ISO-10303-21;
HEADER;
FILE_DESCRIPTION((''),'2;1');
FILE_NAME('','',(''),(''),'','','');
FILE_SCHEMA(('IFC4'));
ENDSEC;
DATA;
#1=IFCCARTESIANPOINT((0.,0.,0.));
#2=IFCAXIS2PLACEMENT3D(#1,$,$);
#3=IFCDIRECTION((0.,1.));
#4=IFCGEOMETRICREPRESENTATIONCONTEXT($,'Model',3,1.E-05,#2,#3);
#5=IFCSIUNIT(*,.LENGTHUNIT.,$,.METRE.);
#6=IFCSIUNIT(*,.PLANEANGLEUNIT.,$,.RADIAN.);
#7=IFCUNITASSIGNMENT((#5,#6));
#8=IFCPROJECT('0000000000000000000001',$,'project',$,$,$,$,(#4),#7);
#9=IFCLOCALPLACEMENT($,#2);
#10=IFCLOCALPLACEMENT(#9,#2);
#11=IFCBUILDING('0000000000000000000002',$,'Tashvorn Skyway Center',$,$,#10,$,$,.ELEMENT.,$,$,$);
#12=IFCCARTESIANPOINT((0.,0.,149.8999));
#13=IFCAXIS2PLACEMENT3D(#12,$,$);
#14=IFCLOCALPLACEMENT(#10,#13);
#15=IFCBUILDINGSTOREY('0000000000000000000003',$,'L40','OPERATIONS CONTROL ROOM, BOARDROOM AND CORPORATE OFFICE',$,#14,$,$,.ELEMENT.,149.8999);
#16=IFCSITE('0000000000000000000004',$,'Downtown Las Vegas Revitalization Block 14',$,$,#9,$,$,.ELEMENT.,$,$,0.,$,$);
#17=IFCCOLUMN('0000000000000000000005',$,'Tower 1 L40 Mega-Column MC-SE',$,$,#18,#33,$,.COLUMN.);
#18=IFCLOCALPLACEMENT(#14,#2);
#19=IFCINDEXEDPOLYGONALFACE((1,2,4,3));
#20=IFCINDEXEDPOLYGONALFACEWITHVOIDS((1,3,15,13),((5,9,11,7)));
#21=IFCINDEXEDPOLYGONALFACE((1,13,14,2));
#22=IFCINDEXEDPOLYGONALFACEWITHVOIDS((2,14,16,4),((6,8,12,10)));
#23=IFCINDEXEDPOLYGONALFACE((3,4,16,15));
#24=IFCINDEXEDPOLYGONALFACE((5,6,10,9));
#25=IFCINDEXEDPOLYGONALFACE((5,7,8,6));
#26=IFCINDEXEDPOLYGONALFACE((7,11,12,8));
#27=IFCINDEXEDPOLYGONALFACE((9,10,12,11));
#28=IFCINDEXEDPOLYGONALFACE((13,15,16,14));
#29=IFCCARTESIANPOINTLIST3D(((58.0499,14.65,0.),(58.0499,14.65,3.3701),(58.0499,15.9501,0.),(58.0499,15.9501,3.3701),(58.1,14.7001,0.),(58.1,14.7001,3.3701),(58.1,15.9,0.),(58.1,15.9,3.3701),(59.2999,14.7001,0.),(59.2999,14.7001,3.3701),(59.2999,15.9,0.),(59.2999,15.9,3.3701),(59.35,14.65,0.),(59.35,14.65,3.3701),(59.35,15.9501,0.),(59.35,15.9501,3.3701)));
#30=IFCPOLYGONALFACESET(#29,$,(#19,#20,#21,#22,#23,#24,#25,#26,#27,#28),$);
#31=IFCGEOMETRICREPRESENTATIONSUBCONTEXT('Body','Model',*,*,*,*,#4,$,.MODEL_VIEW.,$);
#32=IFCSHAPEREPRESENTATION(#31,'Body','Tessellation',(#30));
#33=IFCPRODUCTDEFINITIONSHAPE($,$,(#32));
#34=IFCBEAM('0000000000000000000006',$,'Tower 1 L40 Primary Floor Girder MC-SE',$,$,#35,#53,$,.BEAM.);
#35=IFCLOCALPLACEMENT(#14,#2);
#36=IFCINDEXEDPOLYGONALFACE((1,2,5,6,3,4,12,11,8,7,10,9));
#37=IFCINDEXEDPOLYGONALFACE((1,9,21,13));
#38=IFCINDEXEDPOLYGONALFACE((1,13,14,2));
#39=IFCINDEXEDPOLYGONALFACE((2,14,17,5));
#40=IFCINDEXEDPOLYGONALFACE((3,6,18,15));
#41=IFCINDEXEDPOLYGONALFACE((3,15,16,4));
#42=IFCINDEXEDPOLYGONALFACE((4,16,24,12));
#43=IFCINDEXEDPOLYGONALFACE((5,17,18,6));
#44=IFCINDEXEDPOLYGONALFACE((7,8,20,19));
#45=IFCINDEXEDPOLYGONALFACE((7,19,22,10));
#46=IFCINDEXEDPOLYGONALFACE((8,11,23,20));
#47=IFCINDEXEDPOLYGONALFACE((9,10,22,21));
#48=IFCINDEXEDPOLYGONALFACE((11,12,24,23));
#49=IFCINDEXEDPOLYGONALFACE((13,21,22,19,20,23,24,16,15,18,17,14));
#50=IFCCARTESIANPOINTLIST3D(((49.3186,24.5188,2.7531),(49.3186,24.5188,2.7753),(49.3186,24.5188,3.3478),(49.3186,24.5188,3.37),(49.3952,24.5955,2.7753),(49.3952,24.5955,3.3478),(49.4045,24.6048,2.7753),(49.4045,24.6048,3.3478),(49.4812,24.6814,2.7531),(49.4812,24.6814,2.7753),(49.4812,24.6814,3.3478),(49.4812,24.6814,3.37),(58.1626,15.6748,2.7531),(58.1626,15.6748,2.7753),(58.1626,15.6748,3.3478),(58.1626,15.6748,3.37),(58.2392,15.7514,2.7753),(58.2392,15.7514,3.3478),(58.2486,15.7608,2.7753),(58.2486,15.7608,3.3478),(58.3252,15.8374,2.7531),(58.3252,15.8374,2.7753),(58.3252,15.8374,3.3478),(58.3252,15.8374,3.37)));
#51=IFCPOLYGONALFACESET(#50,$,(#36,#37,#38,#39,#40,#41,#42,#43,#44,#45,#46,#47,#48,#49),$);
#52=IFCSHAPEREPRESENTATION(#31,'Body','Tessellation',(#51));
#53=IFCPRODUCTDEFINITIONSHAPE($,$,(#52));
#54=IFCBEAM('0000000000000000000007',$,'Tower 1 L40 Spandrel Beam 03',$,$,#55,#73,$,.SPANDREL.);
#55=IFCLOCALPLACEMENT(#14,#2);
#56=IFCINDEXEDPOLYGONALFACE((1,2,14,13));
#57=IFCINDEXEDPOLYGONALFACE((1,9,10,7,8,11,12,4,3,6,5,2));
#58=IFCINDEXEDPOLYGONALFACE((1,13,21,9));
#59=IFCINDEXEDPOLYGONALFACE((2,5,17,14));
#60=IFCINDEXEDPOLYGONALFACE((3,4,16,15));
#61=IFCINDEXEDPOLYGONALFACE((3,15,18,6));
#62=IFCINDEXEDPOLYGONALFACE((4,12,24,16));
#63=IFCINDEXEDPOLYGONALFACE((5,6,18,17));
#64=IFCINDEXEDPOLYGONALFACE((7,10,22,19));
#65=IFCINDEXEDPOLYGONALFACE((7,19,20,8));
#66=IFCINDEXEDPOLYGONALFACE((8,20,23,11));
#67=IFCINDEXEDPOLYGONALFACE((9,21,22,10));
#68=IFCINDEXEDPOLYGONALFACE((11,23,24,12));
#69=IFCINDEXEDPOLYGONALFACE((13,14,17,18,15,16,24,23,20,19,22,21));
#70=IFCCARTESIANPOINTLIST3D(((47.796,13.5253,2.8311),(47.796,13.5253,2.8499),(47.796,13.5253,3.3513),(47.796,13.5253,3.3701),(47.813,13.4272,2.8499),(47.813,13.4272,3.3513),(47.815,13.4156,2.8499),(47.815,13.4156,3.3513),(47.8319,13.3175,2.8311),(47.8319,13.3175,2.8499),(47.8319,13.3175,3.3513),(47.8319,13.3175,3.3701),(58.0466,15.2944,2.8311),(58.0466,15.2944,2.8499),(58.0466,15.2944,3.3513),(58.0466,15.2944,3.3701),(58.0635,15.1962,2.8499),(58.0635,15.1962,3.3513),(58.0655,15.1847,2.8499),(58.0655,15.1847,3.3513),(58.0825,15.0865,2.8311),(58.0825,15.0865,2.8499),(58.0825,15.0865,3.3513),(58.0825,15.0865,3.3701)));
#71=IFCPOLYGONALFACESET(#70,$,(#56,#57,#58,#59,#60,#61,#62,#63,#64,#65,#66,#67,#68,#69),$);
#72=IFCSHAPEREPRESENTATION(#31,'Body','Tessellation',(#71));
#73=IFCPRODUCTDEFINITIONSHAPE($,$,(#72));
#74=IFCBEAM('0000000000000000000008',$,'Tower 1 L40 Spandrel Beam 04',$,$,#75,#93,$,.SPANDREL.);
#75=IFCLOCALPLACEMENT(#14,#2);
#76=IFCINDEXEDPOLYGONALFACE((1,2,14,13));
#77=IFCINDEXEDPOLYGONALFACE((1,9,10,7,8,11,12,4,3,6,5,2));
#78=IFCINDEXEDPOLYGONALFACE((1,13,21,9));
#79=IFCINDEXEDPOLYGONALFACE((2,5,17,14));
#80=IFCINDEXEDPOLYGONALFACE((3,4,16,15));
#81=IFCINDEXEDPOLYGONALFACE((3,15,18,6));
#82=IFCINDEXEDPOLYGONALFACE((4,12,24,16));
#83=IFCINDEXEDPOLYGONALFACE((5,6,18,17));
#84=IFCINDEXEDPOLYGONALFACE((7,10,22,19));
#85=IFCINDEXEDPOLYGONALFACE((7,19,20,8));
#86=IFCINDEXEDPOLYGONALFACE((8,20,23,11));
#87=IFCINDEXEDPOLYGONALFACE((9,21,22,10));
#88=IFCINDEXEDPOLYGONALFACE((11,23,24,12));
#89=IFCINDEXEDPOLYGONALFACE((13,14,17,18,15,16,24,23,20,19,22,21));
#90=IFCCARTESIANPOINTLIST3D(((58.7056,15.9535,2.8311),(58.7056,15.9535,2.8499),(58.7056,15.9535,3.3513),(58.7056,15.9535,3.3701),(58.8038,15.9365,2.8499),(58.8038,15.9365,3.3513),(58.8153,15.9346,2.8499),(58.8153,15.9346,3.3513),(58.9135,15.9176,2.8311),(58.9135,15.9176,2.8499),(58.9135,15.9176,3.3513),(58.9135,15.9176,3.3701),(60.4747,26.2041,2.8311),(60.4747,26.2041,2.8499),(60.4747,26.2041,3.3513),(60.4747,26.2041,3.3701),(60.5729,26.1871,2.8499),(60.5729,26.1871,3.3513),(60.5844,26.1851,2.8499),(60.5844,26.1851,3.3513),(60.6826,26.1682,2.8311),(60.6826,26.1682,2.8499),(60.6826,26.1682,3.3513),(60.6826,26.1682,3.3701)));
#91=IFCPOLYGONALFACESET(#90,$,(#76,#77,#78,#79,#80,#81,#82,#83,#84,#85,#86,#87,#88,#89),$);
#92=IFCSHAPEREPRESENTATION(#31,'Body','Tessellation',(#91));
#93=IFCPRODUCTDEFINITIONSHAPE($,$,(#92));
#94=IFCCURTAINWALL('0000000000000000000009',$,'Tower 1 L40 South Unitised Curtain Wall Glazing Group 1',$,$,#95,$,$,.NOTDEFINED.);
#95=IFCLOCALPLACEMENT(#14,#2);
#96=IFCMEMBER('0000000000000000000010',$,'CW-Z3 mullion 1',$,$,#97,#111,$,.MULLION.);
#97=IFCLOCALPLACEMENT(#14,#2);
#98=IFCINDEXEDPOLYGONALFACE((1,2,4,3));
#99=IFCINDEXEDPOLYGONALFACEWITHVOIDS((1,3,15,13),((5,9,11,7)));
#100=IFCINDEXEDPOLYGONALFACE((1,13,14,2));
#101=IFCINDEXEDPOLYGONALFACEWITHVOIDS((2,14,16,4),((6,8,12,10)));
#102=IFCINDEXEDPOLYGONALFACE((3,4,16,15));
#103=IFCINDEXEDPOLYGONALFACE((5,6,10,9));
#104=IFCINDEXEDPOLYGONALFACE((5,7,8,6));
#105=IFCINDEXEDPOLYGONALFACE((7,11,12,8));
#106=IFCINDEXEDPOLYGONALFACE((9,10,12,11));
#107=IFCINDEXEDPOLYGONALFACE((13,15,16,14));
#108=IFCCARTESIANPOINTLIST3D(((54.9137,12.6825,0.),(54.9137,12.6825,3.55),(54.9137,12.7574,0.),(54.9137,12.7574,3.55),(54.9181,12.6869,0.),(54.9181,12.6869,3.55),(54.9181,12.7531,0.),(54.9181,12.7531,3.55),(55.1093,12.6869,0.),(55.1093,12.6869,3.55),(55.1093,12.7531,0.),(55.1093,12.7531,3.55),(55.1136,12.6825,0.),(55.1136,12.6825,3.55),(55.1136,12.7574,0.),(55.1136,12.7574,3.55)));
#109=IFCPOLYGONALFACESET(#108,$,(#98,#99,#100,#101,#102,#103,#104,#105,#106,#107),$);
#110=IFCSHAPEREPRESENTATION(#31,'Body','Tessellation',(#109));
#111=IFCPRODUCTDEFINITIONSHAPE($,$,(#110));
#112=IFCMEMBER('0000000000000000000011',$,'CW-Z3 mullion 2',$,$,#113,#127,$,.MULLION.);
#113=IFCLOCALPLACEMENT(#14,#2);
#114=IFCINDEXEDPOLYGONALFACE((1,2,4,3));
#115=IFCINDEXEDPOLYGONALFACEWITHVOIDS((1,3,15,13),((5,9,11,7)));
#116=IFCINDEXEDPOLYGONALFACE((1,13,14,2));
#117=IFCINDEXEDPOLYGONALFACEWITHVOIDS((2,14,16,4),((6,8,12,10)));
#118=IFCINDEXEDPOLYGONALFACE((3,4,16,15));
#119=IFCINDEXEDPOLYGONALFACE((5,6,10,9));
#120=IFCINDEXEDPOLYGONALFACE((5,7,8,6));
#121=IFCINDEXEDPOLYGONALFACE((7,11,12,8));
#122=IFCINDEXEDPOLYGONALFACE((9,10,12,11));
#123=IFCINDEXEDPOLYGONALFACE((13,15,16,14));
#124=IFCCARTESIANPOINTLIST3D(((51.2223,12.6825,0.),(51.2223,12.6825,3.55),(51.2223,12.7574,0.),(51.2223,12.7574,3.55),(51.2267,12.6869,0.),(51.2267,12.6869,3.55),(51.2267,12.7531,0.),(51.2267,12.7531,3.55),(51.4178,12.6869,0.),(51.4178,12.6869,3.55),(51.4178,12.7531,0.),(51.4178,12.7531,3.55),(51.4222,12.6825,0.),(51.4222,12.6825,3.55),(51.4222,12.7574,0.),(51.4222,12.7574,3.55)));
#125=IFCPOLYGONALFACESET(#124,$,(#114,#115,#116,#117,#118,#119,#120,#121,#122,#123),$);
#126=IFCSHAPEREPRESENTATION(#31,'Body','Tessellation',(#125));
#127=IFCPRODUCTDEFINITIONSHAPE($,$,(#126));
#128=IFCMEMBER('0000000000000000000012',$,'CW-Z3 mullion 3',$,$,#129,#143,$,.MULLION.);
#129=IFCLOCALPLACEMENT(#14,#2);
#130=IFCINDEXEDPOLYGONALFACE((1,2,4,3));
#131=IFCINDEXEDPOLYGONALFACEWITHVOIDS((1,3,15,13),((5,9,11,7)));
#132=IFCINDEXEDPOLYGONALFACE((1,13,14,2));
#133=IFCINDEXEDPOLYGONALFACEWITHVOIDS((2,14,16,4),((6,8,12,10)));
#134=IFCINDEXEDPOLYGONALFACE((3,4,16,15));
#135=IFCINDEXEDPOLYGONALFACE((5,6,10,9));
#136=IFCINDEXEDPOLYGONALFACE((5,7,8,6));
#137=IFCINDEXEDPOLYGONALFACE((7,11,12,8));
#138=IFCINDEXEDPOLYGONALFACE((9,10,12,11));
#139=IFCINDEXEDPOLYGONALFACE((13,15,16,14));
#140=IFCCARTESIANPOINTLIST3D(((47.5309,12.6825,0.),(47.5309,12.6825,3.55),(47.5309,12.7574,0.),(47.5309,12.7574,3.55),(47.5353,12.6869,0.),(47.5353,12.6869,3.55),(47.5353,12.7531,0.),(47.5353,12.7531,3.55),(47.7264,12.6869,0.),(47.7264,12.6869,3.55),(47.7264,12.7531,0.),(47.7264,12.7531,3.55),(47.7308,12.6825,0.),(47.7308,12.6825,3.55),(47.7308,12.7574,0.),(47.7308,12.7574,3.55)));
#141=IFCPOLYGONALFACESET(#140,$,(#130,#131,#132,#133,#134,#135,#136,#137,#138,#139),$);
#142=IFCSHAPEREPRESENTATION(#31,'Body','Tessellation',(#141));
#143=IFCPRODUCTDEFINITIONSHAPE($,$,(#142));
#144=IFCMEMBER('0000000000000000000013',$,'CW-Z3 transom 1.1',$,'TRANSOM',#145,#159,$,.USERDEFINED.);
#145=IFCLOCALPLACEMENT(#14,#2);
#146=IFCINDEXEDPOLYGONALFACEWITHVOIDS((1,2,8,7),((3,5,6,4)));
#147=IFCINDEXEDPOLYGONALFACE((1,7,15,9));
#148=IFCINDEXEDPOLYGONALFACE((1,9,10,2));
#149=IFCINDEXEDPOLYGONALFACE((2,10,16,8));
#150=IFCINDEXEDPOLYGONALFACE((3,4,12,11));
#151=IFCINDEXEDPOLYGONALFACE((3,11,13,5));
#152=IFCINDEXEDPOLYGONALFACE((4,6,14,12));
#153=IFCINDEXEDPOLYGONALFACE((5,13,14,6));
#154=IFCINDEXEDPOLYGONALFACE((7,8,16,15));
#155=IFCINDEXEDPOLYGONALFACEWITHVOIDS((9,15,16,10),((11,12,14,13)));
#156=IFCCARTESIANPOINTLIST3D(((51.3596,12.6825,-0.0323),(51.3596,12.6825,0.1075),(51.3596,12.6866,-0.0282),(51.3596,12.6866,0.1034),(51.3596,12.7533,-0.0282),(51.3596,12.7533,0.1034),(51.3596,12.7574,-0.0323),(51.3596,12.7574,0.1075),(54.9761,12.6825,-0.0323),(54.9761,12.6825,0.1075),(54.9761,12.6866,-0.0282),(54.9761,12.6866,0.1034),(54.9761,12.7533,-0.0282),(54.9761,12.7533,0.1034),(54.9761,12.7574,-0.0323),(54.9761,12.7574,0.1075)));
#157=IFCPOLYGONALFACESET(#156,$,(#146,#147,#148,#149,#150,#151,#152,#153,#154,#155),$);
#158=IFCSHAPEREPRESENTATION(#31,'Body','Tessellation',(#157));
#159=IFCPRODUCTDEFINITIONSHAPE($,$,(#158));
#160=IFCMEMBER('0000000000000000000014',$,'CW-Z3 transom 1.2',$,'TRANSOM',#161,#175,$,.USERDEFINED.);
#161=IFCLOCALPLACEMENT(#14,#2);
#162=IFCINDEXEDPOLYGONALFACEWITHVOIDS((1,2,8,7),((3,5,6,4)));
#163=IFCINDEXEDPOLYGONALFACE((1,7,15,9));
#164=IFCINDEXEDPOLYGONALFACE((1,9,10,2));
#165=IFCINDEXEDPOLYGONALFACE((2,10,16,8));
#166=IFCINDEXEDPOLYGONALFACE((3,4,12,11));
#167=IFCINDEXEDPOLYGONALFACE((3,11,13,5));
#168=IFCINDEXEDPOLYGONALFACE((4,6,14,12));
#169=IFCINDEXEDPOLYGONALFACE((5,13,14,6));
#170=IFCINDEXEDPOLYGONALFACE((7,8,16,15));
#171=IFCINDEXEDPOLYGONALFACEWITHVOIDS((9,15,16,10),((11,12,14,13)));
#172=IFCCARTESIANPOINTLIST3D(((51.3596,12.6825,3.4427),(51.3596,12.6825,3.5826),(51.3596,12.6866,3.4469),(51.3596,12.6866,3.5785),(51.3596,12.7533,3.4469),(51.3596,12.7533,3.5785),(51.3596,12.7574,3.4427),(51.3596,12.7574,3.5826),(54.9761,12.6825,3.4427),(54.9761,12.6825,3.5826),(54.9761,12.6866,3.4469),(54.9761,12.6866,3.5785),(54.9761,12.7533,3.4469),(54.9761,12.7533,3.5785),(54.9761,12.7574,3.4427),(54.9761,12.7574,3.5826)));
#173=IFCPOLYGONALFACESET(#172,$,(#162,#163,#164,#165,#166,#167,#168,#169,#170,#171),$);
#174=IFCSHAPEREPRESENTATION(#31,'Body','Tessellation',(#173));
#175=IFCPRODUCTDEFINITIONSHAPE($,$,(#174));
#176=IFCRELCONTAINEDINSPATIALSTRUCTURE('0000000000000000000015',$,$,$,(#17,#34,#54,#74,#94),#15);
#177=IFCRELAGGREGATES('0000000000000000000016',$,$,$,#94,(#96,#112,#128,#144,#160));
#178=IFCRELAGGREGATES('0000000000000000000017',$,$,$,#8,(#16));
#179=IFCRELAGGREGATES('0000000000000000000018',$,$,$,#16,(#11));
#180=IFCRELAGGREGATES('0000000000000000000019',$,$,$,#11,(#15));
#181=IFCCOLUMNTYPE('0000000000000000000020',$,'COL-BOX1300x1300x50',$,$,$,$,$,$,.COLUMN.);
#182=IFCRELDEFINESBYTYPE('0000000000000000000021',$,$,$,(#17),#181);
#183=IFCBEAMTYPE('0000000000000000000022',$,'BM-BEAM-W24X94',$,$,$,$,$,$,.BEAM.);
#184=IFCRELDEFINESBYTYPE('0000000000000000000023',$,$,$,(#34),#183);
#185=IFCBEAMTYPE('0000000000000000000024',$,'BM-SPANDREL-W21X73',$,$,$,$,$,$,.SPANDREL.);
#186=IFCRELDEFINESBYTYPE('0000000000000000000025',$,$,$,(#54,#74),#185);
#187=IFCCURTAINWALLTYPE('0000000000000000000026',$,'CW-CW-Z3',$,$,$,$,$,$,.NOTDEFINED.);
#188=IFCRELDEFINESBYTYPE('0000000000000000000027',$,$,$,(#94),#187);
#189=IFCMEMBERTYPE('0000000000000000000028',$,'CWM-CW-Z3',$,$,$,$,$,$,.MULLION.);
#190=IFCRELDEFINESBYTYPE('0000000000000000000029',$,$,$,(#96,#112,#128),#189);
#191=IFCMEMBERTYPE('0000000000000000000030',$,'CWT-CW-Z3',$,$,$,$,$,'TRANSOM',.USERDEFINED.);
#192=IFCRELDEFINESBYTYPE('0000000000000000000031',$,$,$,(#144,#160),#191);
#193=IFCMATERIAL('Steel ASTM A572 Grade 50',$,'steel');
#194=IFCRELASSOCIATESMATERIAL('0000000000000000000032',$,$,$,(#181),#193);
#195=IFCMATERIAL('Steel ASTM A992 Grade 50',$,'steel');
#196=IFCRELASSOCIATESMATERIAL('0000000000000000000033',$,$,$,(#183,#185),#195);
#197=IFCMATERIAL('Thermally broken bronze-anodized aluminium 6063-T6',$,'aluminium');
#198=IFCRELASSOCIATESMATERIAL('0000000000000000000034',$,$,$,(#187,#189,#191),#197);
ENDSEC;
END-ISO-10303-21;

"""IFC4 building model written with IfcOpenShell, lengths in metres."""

from ifc_helpers import new_model, si_unit, direction, frame, origin, origin_2d, place, context, subcontext, project, spatial, hollow_rectangle, i_section, extrude, material, material_profile, profile_set, type_object, element, aggregate, save


model = new_model("IFC4")

# Units and contexts
model_context = context("Model", 3, precision=1e-05, world=origin(), true_north=direction((0.0, 1.0)))
body_context = subcontext(model_context, "Body", "Model", "MODEL_VIEW")
ifc_project = project(units=[si_unit("LENGTHUNIT", "METRE"), si_unit("PLANEANGLEUNIT", "RADIAN")], contexts=[model_context])

# Site, building, storey
site_placement = place(None, origin())
site = spatial("IfcSite", under=ifc_project, at=site_placement, Name="Downtown Las Vegas Revitalization Block 14", CompositionType="ELEMENT", RefElevation=0.0)
building_placement = place(site_placement, origin())
building = spatial("IfcBuilding", under=site, at=building_placement, Name="Tashvorn Skyway Center", CompositionType="ELEMENT")
storey_placement = place(building_placement, frame((0.0, 0.0, 149.8999)))
storey = spatial("IfcBuildingStorey", under=building, at=storey_placement, Name="L40", Description="OPERATIONS CONTROL ROOM, BOARDROOM AND CORPORATE OFFICE", CompositionType="ELEMENT", Elevation=149.8999)

# Column
ifc_material_1 = material(Name="Steel ASTM A572 Grade 50", Category="steel")
ifc_material_profile_1 = material_profile(ifc_material_1, hollow_rectangle(XDim=1.3, YDim=1.3, WallThickness=0.05, at=origin_2d()), Name="BOX1300x1300x50")
ifc_profile_set_1 = profile_set([ifc_material_profile_1], Name="Steel ASTM A572 Grade 50")
column_type = type_object("IfcColumnType", Name="COL-BOX1300x1300x50", PredefinedType="COLUMN", material=ifc_profile_set_1)
column_placement = place(storey_placement, frame((58.7, 15.3, 0.0), z_axis=(0.0, 0.0, 1.0), x_axis=(1.0, 0.0, 0.0)))
element("IfcColumn", 1, at=column_placement, inside=storey, type_object=column_type, Name="Tower 1 L40 Mega-Column MC-SE", PredefinedType="COLUMN", context=body_context, shape_type="SweptSolid", body=[
    extrude(hollow_rectangle(XDim=1.3, YDim=1.3, WallThickness=0.05, at=origin_2d()), origin(), (0.0, 0.0, 1.0), 3.3701),
])

# Beams
ifc_material_2 = material(Name="Steel ASTM A992 Grade 50", Category="steel")
ifc_material_profile_2 = material_profile(ifc_material_2, i_section(OverallWidth=0.23, OverallDepth=0.6169, WebThickness=0.0132, FlangeThickness=0.0222, at=origin_2d()), Name="W24X94")
ifc_profile_set_2 = profile_set([ifc_material_profile_2], Name="Steel ASTM A992 Grade 50")
beam_type_1 = type_object("IfcBeamType", Name="BM-BEAM-W24X94", PredefinedType="BEAM", material=ifc_profile_set_2)
beam_placement = place(storey_placement, frame((58.2439, 15.7561, 3.0615), z_axis=(-0.707107, 0.707107, 0.0), x_axis=(-0.707107, -0.707107, 0.0)))
element("IfcBeam", 2, at=beam_placement, inside=storey, type_object=beam_type_1, Name="Tower 1 L40 Primary Floor Girder MC-SE", PredefinedType="BEAM", context=body_context, shape_type="SweptSolid", body=[
    extrude(i_section(OverallWidth=0.23, OverallDepth=0.6169, WebThickness=0.0132, FlangeThickness=0.0222, at=origin_2d()), origin(), (0.0, 0.0, 1.0), 12.5073),
])
ifc_material_profile_3 = material_profile(ifc_material_2, i_section(OverallWidth=0.2109, OverallDepth=0.5391, WebThickness=0.0117, FlangeThickness=0.0188, at=origin_2d()), Name="W21X73")
ifc_profile_set_3 = profile_set([ifc_material_profile_3], Name="Steel ASTM A992 Grade 50")
beam_type_2 = type_object("IfcBeamType", Name="BM-SPANDREL-W21X73", PredefinedType="SPANDREL", material=ifc_profile_set_3)
for number, where, z_axis, x_axis, name in (
    (3, (47.814, 13.4214, 3.1006), (0.985432, 0.170067, 0.0), (-0.170067, 0.985432, 0.0), "Tower 1 L40 Spandrel Beam 03"),
    (4, (58.8096, 15.9355, 3.1006), (0.170067, 0.985432, 0.0), (-0.985432, 0.170067, 0.0), "Tower 1 L40 Spandrel Beam 04"),
):
    element("IfcBeam", number, at=place(storey_placement, frame(where, z_axis=z_axis, x_axis=x_axis)), inside=storey, type_object=beam_type_2, Name=name, PredefinedType="SPANDREL", context=body_context, shape_type="SweptSolid", body=[
        extrude(i_section(OverallWidth=0.2109, OverallDepth=0.5391, WebThickness=0.0117, FlangeThickness=0.0188, at=origin_2d()), origin(), (0.0, 0.0, 1.0), 10.4021),
    ])

# Curtain wall, members
ifc_material_3 = material(Name="Thermally broken bronze-anodized aluminium 6063-T6", Category="aluminium")
curtain_wall_type = type_object("IfcCurtainWallType", Name="CW-CW-Z3", PredefinedType="NOTDEFINED", material=ifc_material_3)
curtain_wall_placement = place(storey_placement, origin())
curtain_wall = element("IfcCurtainWall", 5, at=curtain_wall_placement, inside=storey, type_object=curtain_wall_type, Name="Tower 1 L40 South Unitised Curtain Wall Glazing Group 1", PredefinedType="NOTDEFINED")
ifc_material_profile_4 = material_profile(ifc_material_3, hollow_rectangle(XDim=0.075, YDim=0.2, WallThickness=0.0044, at=origin_2d()), Name="ALU-MULL-75x200")
ifc_profile_set_4 = profile_set([ifc_material_profile_4], Name="Thermally broken bronze-anodized aluminium 6063-T6")
member_type_1 = type_object("IfcMemberType", Name="CWM-CW-Z3", PredefinedType="MULLION", material=ifc_profile_set_4)
member_1_placement = place(storey_placement, frame((55.0137, 12.72, 0.0), z_axis=(0.0, 0.0, 1.0), x_axis=(0.0, -1.0, 0.0)))
member_1 = element("IfcMember", 6, at=member_1_placement, type_object=member_type_1, Name="CW-Z3 mullion 1", PredefinedType="MULLION", context=body_context, shape_type="SweptSolid", body=[
    extrude(hollow_rectangle(XDim=0.075, YDim=0.2, WallThickness=0.0044, at=origin_2d()), origin(), (0.0, 0.0, 1.0), 3.55),
])
member_2_placement = place(storey_placement, frame((51.3223, 12.72, 0.0), z_axis=(0.0, 0.0, 1.0), x_axis=(0.0, -1.0, 0.0)))
member_2 = element("IfcMember", 7, at=member_2_placement, type_object=member_type_1, Name="CW-Z3 mullion 2", PredefinedType="MULLION", context=body_context, shape_type="SweptSolid", body=[
    extrude(hollow_rectangle(XDim=0.075, YDim=0.2, WallThickness=0.0044, at=origin_2d()), origin(), (0.0, 0.0, 1.0), 3.55),
])
member_3_placement = place(storey_placement, frame((47.6309, 12.72, 0.0), z_axis=(0.0, 0.0, 1.0), x_axis=(0.0, -1.0, 0.0)))
member_3 = element("IfcMember", 8, at=member_3_placement, type_object=member_type_1, Name="CW-Z3 mullion 3", PredefinedType="MULLION", context=body_context, shape_type="SweptSolid", body=[
    extrude(hollow_rectangle(XDim=0.075, YDim=0.2, WallThickness=0.0044, at=origin_2d()), origin(), (0.0, 0.0, 1.0), 3.55),
])
ifc_material_profile_5 = material_profile(ifc_material_3, hollow_rectangle(XDim=0.075, YDim=0.1399, WallThickness=0.0042, at=origin_2d()), Name="ALU-TRAN-75x140")
ifc_profile_set_5 = profile_set([ifc_material_profile_5], Name="Thermally broken bronze-anodized aluminium 6063-T6")
member_type_2 = type_object("IfcMemberType", Name="CWT-CW-Z3", ElementType="TRANSOM", PredefinedType="USERDEFINED", material=ifc_profile_set_5)
member_4_placement = place(storey_placement, frame((54.9761, 12.72, 0.0376), z_axis=(-1.0, 0.0, 0.0), x_axis=(0.0, -1.0, 0.0)))
member_4 = element("IfcMember", 9, at=member_4_placement, type_object=member_type_2, Name="CW-Z3 transom 1.1", ObjectType="TRANSOM", PredefinedType="USERDEFINED", context=body_context, shape_type="SweptSolid", body=[
    extrude(hollow_rectangle(XDim=0.075, YDim=0.1399, WallThickness=0.0042, at=origin_2d()), origin(), (0.0, 0.0, 1.0), 3.6165),
])
member_5_placement = place(storey_placement, frame((54.9761, 12.72, 3.5127), z_axis=(-1.0, 0.0, 0.0), x_axis=(0.0, -1.0, 0.0)))
member_5 = element("IfcMember", 10, at=member_5_placement, type_object=member_type_2, Name="CW-Z3 transom 1.2", ObjectType="TRANSOM", PredefinedType="USERDEFINED", context=body_context, shape_type="SweptSolid", body=[
    extrude(hollow_rectangle(XDim=0.075, YDim=0.1399, WallThickness=0.0042, at=origin_2d()), origin(), (0.0, 0.0, 1.0), 3.6165),
])
aggregate(curtain_wall, [member_1, member_2, member_3, member_4, member_5])

save(model, "model.ifc")
